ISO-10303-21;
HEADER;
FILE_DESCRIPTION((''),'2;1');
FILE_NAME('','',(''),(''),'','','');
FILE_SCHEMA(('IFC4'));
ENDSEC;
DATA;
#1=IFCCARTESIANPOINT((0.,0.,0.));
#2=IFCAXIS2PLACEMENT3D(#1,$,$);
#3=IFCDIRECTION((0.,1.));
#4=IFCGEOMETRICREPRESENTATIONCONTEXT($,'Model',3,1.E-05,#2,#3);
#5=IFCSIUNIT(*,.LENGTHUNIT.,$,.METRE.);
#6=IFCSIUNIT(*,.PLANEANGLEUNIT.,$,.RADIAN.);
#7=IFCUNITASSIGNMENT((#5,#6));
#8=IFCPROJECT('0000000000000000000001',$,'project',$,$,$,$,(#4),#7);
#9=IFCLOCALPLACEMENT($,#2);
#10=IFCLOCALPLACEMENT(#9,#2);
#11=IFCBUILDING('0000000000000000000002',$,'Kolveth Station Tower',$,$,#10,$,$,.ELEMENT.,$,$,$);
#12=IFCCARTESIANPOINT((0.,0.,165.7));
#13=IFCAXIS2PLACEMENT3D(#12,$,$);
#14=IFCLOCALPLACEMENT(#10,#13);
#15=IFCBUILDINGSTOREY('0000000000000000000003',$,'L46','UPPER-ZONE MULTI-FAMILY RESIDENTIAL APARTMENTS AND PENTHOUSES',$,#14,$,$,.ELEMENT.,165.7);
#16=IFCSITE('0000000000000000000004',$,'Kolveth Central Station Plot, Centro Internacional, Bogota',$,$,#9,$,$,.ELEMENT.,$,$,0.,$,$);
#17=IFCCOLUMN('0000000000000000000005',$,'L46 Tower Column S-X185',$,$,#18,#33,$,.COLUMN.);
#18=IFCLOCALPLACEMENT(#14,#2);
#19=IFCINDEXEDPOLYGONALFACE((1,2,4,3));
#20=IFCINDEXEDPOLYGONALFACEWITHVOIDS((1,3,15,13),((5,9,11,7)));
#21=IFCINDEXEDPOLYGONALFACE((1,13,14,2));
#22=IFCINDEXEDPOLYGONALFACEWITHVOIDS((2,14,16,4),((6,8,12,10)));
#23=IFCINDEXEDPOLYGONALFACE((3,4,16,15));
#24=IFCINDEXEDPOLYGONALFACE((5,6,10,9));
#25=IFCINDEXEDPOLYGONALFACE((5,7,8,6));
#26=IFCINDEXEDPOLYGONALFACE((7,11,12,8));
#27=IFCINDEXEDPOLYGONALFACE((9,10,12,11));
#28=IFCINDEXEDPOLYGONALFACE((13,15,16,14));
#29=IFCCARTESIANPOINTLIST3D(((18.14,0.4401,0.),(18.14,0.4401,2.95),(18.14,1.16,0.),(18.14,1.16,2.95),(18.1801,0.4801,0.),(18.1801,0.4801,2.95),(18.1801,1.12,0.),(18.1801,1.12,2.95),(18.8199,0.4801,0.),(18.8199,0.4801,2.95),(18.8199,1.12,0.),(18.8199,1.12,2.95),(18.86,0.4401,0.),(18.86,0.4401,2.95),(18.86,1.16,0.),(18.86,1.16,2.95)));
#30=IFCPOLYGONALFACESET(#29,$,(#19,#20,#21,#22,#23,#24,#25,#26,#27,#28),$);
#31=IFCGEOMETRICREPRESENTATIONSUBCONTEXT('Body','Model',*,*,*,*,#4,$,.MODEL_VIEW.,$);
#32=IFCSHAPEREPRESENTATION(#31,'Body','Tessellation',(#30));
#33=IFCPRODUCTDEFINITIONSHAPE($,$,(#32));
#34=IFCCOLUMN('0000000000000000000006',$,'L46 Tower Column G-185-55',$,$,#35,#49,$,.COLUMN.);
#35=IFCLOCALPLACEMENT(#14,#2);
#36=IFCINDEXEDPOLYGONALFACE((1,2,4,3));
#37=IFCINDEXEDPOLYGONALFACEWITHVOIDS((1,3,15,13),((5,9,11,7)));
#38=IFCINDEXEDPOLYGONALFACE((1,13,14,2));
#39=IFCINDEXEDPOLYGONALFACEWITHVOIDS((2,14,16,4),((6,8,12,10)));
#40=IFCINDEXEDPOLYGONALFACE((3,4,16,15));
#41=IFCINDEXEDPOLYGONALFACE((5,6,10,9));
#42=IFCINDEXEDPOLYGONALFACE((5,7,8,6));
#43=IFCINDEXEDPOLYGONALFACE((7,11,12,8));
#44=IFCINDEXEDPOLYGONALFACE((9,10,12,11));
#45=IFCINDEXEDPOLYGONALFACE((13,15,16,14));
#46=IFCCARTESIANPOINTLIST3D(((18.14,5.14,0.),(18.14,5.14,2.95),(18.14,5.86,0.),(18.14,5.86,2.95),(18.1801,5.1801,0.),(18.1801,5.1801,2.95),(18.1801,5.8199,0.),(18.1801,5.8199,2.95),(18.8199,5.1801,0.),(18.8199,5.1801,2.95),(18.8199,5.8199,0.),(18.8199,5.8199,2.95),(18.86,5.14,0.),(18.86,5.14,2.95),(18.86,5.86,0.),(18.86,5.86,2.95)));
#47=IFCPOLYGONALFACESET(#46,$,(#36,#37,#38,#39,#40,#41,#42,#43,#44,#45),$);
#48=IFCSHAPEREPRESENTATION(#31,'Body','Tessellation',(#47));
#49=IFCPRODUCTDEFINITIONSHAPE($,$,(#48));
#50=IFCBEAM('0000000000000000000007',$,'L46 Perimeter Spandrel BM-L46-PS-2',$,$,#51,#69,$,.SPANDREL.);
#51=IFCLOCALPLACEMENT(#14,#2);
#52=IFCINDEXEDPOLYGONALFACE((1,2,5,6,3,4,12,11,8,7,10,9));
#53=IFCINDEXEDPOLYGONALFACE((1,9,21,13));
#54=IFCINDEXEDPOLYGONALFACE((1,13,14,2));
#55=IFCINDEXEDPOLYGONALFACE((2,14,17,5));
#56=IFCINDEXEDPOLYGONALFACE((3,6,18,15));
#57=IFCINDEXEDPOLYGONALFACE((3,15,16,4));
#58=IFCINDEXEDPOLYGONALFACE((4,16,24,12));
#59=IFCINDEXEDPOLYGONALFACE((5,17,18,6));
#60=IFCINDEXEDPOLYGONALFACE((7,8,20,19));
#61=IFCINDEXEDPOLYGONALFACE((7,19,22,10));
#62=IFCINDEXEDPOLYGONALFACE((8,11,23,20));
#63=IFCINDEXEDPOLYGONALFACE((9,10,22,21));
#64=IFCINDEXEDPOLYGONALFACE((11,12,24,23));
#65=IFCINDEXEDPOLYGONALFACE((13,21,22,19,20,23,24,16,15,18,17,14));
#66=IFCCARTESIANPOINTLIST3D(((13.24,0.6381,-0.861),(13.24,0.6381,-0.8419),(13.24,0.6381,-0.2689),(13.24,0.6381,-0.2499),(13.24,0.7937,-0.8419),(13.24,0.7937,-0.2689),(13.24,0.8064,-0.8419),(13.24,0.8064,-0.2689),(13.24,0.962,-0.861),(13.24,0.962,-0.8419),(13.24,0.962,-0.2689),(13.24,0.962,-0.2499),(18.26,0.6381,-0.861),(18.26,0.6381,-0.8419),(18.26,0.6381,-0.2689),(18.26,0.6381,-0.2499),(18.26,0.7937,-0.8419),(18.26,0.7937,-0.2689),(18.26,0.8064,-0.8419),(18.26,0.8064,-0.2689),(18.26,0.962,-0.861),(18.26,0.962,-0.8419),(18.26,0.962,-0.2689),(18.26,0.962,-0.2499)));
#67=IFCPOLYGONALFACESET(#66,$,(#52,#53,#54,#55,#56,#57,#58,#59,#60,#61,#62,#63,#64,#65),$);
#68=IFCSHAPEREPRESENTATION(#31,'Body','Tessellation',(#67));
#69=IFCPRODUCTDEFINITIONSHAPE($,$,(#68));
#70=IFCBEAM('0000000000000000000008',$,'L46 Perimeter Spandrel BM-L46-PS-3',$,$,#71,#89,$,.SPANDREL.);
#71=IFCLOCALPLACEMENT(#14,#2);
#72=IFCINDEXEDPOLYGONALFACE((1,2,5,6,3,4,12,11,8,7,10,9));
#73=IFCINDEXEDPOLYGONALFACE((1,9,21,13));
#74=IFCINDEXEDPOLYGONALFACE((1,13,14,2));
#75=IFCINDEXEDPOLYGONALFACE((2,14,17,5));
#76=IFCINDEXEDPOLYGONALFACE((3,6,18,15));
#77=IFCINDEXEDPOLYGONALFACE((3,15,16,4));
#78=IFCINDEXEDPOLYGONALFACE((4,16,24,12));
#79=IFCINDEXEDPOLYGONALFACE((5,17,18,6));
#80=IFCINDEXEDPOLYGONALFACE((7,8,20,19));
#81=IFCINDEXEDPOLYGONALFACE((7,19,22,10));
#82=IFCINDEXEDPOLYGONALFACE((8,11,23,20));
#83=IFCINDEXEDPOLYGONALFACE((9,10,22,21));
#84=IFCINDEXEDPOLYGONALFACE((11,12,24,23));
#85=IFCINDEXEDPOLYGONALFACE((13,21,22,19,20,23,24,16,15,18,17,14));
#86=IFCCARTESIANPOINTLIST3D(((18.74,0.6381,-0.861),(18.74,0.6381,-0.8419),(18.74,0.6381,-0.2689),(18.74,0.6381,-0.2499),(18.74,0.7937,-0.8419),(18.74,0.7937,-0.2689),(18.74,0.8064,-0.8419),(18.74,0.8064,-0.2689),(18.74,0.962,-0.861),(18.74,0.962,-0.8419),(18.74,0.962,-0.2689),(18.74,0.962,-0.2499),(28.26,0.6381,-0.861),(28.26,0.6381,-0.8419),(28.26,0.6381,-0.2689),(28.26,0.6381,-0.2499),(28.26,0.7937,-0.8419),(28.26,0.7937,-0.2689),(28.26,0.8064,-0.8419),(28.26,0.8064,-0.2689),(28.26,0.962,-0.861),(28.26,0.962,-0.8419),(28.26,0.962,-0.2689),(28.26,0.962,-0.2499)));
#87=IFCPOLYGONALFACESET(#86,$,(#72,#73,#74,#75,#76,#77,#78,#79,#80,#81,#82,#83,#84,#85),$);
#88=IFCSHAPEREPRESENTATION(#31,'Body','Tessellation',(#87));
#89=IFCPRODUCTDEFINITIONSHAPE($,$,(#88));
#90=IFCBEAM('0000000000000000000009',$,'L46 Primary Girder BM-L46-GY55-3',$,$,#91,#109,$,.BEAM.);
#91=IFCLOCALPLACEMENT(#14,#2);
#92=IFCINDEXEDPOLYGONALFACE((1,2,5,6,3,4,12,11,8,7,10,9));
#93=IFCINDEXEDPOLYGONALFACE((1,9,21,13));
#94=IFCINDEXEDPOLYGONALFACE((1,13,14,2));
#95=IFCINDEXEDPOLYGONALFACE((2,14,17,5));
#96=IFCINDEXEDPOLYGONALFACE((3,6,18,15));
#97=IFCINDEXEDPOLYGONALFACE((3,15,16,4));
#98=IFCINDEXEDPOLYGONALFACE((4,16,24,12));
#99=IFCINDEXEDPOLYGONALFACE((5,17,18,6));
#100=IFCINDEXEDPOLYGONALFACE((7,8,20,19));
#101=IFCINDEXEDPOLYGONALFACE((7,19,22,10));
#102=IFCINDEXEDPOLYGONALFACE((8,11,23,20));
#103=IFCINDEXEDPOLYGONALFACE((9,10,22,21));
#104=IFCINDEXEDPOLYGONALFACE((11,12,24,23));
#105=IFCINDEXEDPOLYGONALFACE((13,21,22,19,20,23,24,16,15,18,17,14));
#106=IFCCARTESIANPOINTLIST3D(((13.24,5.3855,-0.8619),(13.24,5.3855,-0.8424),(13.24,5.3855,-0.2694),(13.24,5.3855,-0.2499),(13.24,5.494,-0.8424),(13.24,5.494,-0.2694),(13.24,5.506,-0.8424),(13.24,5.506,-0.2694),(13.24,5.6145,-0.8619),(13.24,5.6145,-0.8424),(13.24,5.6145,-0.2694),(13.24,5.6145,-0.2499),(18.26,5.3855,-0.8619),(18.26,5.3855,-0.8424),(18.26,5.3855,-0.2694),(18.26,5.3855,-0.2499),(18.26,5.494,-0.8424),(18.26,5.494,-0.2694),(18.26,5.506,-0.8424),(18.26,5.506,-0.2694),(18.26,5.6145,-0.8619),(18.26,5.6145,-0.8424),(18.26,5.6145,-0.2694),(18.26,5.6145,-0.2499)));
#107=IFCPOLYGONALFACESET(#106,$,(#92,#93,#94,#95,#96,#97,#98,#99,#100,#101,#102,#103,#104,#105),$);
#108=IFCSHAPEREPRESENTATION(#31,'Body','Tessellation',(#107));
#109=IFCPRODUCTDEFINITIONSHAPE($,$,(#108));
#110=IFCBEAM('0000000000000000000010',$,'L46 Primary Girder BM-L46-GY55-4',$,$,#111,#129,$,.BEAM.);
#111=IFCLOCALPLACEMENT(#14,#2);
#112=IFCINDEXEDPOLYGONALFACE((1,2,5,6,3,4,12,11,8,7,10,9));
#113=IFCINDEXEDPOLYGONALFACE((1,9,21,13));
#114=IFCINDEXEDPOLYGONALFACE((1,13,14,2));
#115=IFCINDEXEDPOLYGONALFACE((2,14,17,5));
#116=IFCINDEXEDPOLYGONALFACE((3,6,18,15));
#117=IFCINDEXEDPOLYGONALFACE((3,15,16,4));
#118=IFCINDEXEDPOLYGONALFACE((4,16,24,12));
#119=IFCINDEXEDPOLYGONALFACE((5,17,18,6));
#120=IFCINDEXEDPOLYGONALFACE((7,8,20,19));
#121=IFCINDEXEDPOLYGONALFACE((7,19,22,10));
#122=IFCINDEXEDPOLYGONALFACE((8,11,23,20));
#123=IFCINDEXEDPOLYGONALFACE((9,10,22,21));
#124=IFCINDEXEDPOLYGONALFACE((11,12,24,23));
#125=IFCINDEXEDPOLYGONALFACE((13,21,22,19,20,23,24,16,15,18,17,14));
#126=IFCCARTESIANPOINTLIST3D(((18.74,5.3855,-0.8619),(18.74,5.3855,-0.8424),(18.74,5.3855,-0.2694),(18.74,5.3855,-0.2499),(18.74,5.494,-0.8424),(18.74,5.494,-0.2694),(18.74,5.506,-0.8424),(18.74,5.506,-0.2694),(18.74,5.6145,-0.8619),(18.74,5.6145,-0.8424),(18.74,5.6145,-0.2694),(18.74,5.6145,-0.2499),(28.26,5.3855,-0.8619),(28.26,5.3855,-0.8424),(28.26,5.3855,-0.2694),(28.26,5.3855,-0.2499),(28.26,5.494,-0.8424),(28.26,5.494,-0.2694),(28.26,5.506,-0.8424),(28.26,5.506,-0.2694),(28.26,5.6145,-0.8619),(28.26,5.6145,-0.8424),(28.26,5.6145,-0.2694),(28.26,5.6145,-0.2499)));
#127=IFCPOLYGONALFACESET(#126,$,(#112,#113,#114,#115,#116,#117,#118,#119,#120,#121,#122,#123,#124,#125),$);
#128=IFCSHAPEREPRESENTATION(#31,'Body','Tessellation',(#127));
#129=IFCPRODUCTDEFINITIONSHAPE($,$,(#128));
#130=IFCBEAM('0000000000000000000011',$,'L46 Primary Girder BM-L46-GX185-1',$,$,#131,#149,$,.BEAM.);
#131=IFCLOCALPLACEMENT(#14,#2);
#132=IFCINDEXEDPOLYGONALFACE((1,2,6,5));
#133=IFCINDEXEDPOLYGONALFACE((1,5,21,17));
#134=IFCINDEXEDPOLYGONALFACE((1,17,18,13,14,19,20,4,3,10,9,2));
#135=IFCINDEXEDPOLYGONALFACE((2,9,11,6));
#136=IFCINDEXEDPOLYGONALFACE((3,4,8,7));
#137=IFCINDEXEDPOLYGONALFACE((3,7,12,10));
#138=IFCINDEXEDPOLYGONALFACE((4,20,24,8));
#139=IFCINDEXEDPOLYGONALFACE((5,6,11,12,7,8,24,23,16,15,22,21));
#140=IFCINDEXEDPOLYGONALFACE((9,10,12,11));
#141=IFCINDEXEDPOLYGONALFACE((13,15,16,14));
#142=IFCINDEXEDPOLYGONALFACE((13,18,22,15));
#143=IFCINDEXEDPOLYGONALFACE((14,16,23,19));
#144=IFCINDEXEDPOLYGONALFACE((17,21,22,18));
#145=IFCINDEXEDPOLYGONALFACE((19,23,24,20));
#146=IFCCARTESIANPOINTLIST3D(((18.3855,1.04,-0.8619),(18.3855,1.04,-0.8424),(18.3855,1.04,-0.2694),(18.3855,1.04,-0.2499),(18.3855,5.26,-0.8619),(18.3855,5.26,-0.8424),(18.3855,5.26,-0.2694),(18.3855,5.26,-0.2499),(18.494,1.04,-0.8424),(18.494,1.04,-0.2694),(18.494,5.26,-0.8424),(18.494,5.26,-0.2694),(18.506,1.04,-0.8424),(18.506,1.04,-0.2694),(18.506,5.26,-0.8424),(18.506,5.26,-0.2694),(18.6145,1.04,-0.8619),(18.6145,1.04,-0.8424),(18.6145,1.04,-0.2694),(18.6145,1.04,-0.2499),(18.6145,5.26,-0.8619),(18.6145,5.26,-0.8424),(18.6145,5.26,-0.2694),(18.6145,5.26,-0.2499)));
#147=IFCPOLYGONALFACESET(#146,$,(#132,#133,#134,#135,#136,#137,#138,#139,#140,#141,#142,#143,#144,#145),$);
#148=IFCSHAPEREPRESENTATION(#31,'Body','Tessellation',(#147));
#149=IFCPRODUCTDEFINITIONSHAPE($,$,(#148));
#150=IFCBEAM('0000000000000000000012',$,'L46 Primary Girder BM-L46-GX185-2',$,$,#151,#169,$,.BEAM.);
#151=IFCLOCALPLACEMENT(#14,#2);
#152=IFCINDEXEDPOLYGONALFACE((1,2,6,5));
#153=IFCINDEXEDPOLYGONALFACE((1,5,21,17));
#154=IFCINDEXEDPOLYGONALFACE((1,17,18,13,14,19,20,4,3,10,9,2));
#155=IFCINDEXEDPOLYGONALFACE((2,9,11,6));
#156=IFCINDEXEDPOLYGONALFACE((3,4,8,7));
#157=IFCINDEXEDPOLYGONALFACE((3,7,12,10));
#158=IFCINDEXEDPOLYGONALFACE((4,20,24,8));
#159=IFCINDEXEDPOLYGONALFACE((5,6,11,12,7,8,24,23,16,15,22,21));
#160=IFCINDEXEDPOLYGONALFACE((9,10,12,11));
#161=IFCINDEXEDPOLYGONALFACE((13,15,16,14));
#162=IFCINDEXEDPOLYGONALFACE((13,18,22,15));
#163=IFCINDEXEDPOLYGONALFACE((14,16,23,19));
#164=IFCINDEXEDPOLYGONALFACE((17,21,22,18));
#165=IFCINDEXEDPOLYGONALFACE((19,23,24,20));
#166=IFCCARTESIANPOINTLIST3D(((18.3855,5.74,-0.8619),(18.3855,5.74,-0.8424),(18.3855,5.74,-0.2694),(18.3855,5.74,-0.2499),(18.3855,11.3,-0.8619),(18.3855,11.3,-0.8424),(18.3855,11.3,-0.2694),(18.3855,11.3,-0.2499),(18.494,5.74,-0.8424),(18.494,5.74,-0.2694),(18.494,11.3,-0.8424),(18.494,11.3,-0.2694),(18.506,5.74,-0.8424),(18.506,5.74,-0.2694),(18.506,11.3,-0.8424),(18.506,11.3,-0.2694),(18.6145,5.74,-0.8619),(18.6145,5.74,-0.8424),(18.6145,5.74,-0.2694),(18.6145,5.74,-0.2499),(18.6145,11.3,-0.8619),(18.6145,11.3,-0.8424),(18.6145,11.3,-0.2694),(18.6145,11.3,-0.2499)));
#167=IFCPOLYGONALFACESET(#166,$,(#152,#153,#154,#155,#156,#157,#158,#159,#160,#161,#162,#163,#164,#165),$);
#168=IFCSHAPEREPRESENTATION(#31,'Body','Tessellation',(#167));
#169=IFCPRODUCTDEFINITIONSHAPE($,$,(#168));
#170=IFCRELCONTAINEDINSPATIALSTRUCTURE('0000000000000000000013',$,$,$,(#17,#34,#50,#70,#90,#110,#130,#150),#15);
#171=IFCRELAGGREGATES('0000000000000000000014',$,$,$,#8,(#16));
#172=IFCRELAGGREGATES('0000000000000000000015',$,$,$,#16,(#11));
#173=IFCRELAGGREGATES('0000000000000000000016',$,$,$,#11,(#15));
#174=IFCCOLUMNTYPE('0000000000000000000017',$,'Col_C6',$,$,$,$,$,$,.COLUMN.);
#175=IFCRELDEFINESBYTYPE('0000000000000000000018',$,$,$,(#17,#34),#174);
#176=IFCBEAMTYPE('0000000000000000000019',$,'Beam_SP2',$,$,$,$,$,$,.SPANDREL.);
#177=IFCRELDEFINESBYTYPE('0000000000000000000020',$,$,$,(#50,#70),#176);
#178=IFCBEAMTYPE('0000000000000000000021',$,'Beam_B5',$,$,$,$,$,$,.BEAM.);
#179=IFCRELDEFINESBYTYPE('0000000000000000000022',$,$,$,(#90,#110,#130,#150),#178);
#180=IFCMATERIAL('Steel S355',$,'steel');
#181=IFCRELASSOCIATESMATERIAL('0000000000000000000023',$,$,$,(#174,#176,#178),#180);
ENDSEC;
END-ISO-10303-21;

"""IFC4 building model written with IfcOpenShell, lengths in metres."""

from ifc_helpers import new_model, si_unit, direction, frame, origin, origin_2d, place, context, subcontext, project, spatial, hollow_rectangle, i_section, extrude, source, transform, mapped, material, material_profile, profile_set, type_object, element, save


model = new_model("IFC4")

# Units and contexts
model_context = context("Model", 3, precision=1e-05, world=origin(), true_north=direction((0.0, 1.0)))
body_context = subcontext(model_context, "Body", "Model", "MODEL_VIEW")
ifc_project = project(units=[si_unit("LENGTHUNIT", "METRE"), si_unit("PLANEANGLEUNIT", "RADIAN")], contexts=[model_context])

# Site, building, storey
site_placement = place(None, origin())
site = spatial("IfcSite", under=ifc_project, at=site_placement, Name="Kolveth Central Station Plot, Centro Internacional, Bogota", CompositionType="ELEMENT", RefElevation=0.0)
building_placement = place(site_placement, origin())
building = spatial("IfcBuilding", under=site, at=building_placement, Name="Kolveth Station Tower", CompositionType="ELEMENT")
storey_placement = place(building_placement, frame((0.0, 0.0, 165.7)))
storey = spatial("IfcBuildingStorey", under=building, at=storey_placement, Name="L46", Description="UPPER-ZONE MULTI-FAMILY RESIDENTIAL APARTMENTS AND PENTHOUSES", CompositionType="ELEMENT", Elevation=165.7)

# Columns
ifc_material_1 = material(Name="Steel S355", Category="steel")
ifc_material_profile_1 = material_profile(ifc_material_1, hollow_rectangle(XDim=0.72, YDim=0.72, WallThickness=0.04, at=origin_2d()), Name="BOX720x720x40")
ifc_profile_set_1 = profile_set([ifc_material_profile_1], Name="Steel S355")
column_type = type_object("IfcColumnType", Name="Col_C6", PredefinedType="COLUMN", material=ifc_profile_set_1)
shared_shape_1 = source(origin(), body_context, "Body", "SweptSolid", [
    extrude(hollow_rectangle(XDim=0.72, YDim=0.72, WallThickness=0.04, at=origin_2d()), origin(), (0.0, 0.0, 1.0), 2.95),
])
for number, where, z_axis, x_axis, name in (
    (1, (18.5, 0.8, 0.0), (0.0, 0.0, 1.0), (1.0, 0.0, 0.0), "L46 Tower Column S-X185"),
    (2, (18.5, 5.5, 0.0), (0.0, 0.0, 1.0), (1.0, 0.0, 0.0), "L46 Tower Column G-185-55"),
):
    element("IfcColumn", number, at=place(storey_placement, frame(where, z_axis=z_axis, x_axis=x_axis)), inside=storey, type_object=column_type, Name=name, PredefinedType="COLUMN", context=body_context, shape_type="MappedRepresentation", body=[
        mapped(shared_shape_1, transform((0.0, 0.0, 0.0), x_axis=(1.0, 0.0, 0.0), y_axis=(0.0, 1.0, 0.0), z_axis=(0.0, 0.0, 1.0), scale=1.0)),
    ])

# Beams
ifc_material_profile_2 = material_profile(ifc_material_1, i_section(OverallWidth=0.324, OverallDepth=0.6111, WebThickness=0.0127, FlangeThickness=0.019, at=origin_2d()), Name="W610x155")
ifc_profile_set_2 = profile_set([ifc_material_profile_2], Name="Steel S355")
beam_type_1 = type_object("IfcBeamType", Name="Beam_SP2", PredefinedType="SPANDREL", material=ifc_profile_set_2)
shared_shape_2 = source(origin(), body_context, "Body", "SweptSolid", [
    extrude(i_section(OverallWidth=0.324, OverallDepth=0.6111, WebThickness=0.0127, FlangeThickness=0.019, at=origin_2d()), origin(), (0.0, 0.0, 1.0), 5.02),
])
beam_1_placement = place(storey_placement, frame((13.24, 0.8, -0.5554), z_axis=(1.0, 0.0, 0.0), x_axis=(0.0, 1.0, 0.0)))
element("IfcBeam", 3, at=beam_1_placement, inside=storey, type_object=beam_type_1, Name="L46 Perimeter Spandrel BM-L46-PS-2", PredefinedType="SPANDREL", context=body_context, shape_type="MappedRepresentation", body=[
    mapped(shared_shape_2, transform((0.0, 0.0, 0.0), x_axis=(1.0, 0.0, 0.0), y_axis=(0.0, 1.0, 0.0), z_axis=(0.0, 0.0, 1.0), scale=1.0)),
])
shared_shape_3 = source(origin(), body_context, "Body", "SweptSolid", [
    extrude(i_section(OverallWidth=0.324, OverallDepth=0.6111, WebThickness=0.0127, FlangeThickness=0.019, at=origin_2d()), origin(), (0.0, 0.0, 1.0), 9.52),
])
beam_2_placement = place(storey_placement, frame((18.74, 0.8, -0.5554), z_axis=(1.0, 0.0, 0.0), x_axis=(0.0, 1.0, 0.0)))
element("IfcBeam", 4, at=beam_2_placement, inside=storey, type_object=beam_type_1, Name="L46 Perimeter Spandrel BM-L46-PS-3", PredefinedType="SPANDREL", context=body_context, shape_type="MappedRepresentation", body=[
    mapped(shared_shape_3, transform((0.0, 0.0, 0.0), x_axis=(1.0, 0.0, 0.0), y_axis=(0.0, 1.0, 0.0), z_axis=(0.0, 0.0, 1.0), scale=1.0)),
])
ifc_material_profile_3 = material_profile(ifc_material_1, i_section(OverallWidth=0.229, OverallDepth=0.6121, WebThickness=0.012, FlangeThickness=0.0195, at=origin_2d()), Name="W610x125")
ifc_profile_set_3 = profile_set([ifc_material_profile_3], Name="Steel S355")
beam_type_2 = type_object("IfcBeamType", Name="Beam_B5", PredefinedType="BEAM", material=ifc_profile_set_3)
shared_shape_4 = source(origin(), body_context, "Body", "SweptSolid", [
    extrude(i_section(OverallWidth=0.229, OverallDepth=0.6121, WebThickness=0.012, FlangeThickness=0.0195, at=origin_2d()), origin(), (0.0, 0.0, 1.0), 5.02),
])
beam_3_placement = place(storey_placement, frame((13.24, 5.5, -0.5559), z_axis=(1.0, 0.0, 0.0), x_axis=(0.0, 1.0, 0.0)))
element("IfcBeam", 5, at=beam_3_placement, inside=storey, type_object=beam_type_2, Name="L46 Primary Girder BM-L46-GY55-3", PredefinedType="BEAM", context=body_context, shape_type="MappedRepresentation", body=[
    mapped(shared_shape_4, transform((0.0, 0.0, 0.0), x_axis=(1.0, 0.0, 0.0), y_axis=(0.0, 1.0, 0.0), z_axis=(0.0, 0.0, 1.0), scale=1.0)),
])
shared_shape_5 = source(origin(), body_context, "Body", "SweptSolid", [
    extrude(i_section(OverallWidth=0.229, OverallDepth=0.6121, WebThickness=0.012, FlangeThickness=0.0195, at=origin_2d()), origin(), (0.0, 0.0, 1.0), 9.52),
])
beam_4_placement = place(storey_placement, frame((18.74, 5.5, -0.5559), z_axis=(1.0, 0.0, 0.0), x_axis=(0.0, 1.0, 0.0)))
element("IfcBeam", 6, at=beam_4_placement, inside=storey, type_object=beam_type_2, Name="L46 Primary Girder BM-L46-GY55-4", PredefinedType="BEAM", context=body_context, shape_type="MappedRepresentation", body=[
    mapped(shared_shape_5, transform((0.0, 0.0, 0.0), x_axis=(1.0, 0.0, 0.0), y_axis=(0.0, 1.0, 0.0), z_axis=(0.0, 0.0, 1.0), scale=1.0)),
])
shared_shape_6 = source(origin(), body_context, "Body", "SweptSolid", [
    extrude(i_section(OverallWidth=0.229, OverallDepth=0.6121, WebThickness=0.012, FlangeThickness=0.0195, at=origin_2d()), origin(), (0.0, 0.0, 1.0), 4.22),
])
beam_5_placement = place(storey_placement, frame((18.5, 1.04, -0.5559), z_axis=(0.0, 1.0, 0.0), x_axis=(-1.0, 0.0, 0.0)))
element("IfcBeam", 7, at=beam_5_placement, inside=storey, type_object=beam_type_2, Name="L46 Primary Girder BM-L46-GX185-1", PredefinedType="BEAM", context=body_context, shape_type="MappedRepresentation", body=[
    mapped(shared_shape_6, transform((0.0, 0.0, 0.0), x_axis=(1.0, 0.0, 0.0), y_axis=(0.0, 1.0, 0.0), z_axis=(0.0, 0.0, 1.0), scale=1.0)),
])
shared_shape_7 = source(origin(), body_context, "Body", "SweptSolid", [
    extrude(i_section(OverallWidth=0.229, OverallDepth=0.6121, WebThickness=0.012, FlangeThickness=0.0195, at=origin_2d()), origin(), (0.0, 0.0, 1.0), 5.5601),
])
beam_6_placement = place(storey_placement, frame((18.5, 5.74, -0.5559), z_axis=(0.0, 1.0, 0.0), x_axis=(-1.0, 0.0, 0.0)))
element("IfcBeam", 8, at=beam_6_placement, inside=storey, type_object=beam_type_2, Name="L46 Primary Girder BM-L46-GX185-2", PredefinedType="BEAM", context=body_context, shape_type="MappedRepresentation", body=[
    mapped(shared_shape_7, transform((0.0, 0.0, 0.0), x_axis=(1.0, 0.0, 0.0), y_axis=(0.0, 1.0, 0.0), z_axis=(0.0, 0.0, 1.0), scale=1.0)),
])

save(model, "model.ifc")
